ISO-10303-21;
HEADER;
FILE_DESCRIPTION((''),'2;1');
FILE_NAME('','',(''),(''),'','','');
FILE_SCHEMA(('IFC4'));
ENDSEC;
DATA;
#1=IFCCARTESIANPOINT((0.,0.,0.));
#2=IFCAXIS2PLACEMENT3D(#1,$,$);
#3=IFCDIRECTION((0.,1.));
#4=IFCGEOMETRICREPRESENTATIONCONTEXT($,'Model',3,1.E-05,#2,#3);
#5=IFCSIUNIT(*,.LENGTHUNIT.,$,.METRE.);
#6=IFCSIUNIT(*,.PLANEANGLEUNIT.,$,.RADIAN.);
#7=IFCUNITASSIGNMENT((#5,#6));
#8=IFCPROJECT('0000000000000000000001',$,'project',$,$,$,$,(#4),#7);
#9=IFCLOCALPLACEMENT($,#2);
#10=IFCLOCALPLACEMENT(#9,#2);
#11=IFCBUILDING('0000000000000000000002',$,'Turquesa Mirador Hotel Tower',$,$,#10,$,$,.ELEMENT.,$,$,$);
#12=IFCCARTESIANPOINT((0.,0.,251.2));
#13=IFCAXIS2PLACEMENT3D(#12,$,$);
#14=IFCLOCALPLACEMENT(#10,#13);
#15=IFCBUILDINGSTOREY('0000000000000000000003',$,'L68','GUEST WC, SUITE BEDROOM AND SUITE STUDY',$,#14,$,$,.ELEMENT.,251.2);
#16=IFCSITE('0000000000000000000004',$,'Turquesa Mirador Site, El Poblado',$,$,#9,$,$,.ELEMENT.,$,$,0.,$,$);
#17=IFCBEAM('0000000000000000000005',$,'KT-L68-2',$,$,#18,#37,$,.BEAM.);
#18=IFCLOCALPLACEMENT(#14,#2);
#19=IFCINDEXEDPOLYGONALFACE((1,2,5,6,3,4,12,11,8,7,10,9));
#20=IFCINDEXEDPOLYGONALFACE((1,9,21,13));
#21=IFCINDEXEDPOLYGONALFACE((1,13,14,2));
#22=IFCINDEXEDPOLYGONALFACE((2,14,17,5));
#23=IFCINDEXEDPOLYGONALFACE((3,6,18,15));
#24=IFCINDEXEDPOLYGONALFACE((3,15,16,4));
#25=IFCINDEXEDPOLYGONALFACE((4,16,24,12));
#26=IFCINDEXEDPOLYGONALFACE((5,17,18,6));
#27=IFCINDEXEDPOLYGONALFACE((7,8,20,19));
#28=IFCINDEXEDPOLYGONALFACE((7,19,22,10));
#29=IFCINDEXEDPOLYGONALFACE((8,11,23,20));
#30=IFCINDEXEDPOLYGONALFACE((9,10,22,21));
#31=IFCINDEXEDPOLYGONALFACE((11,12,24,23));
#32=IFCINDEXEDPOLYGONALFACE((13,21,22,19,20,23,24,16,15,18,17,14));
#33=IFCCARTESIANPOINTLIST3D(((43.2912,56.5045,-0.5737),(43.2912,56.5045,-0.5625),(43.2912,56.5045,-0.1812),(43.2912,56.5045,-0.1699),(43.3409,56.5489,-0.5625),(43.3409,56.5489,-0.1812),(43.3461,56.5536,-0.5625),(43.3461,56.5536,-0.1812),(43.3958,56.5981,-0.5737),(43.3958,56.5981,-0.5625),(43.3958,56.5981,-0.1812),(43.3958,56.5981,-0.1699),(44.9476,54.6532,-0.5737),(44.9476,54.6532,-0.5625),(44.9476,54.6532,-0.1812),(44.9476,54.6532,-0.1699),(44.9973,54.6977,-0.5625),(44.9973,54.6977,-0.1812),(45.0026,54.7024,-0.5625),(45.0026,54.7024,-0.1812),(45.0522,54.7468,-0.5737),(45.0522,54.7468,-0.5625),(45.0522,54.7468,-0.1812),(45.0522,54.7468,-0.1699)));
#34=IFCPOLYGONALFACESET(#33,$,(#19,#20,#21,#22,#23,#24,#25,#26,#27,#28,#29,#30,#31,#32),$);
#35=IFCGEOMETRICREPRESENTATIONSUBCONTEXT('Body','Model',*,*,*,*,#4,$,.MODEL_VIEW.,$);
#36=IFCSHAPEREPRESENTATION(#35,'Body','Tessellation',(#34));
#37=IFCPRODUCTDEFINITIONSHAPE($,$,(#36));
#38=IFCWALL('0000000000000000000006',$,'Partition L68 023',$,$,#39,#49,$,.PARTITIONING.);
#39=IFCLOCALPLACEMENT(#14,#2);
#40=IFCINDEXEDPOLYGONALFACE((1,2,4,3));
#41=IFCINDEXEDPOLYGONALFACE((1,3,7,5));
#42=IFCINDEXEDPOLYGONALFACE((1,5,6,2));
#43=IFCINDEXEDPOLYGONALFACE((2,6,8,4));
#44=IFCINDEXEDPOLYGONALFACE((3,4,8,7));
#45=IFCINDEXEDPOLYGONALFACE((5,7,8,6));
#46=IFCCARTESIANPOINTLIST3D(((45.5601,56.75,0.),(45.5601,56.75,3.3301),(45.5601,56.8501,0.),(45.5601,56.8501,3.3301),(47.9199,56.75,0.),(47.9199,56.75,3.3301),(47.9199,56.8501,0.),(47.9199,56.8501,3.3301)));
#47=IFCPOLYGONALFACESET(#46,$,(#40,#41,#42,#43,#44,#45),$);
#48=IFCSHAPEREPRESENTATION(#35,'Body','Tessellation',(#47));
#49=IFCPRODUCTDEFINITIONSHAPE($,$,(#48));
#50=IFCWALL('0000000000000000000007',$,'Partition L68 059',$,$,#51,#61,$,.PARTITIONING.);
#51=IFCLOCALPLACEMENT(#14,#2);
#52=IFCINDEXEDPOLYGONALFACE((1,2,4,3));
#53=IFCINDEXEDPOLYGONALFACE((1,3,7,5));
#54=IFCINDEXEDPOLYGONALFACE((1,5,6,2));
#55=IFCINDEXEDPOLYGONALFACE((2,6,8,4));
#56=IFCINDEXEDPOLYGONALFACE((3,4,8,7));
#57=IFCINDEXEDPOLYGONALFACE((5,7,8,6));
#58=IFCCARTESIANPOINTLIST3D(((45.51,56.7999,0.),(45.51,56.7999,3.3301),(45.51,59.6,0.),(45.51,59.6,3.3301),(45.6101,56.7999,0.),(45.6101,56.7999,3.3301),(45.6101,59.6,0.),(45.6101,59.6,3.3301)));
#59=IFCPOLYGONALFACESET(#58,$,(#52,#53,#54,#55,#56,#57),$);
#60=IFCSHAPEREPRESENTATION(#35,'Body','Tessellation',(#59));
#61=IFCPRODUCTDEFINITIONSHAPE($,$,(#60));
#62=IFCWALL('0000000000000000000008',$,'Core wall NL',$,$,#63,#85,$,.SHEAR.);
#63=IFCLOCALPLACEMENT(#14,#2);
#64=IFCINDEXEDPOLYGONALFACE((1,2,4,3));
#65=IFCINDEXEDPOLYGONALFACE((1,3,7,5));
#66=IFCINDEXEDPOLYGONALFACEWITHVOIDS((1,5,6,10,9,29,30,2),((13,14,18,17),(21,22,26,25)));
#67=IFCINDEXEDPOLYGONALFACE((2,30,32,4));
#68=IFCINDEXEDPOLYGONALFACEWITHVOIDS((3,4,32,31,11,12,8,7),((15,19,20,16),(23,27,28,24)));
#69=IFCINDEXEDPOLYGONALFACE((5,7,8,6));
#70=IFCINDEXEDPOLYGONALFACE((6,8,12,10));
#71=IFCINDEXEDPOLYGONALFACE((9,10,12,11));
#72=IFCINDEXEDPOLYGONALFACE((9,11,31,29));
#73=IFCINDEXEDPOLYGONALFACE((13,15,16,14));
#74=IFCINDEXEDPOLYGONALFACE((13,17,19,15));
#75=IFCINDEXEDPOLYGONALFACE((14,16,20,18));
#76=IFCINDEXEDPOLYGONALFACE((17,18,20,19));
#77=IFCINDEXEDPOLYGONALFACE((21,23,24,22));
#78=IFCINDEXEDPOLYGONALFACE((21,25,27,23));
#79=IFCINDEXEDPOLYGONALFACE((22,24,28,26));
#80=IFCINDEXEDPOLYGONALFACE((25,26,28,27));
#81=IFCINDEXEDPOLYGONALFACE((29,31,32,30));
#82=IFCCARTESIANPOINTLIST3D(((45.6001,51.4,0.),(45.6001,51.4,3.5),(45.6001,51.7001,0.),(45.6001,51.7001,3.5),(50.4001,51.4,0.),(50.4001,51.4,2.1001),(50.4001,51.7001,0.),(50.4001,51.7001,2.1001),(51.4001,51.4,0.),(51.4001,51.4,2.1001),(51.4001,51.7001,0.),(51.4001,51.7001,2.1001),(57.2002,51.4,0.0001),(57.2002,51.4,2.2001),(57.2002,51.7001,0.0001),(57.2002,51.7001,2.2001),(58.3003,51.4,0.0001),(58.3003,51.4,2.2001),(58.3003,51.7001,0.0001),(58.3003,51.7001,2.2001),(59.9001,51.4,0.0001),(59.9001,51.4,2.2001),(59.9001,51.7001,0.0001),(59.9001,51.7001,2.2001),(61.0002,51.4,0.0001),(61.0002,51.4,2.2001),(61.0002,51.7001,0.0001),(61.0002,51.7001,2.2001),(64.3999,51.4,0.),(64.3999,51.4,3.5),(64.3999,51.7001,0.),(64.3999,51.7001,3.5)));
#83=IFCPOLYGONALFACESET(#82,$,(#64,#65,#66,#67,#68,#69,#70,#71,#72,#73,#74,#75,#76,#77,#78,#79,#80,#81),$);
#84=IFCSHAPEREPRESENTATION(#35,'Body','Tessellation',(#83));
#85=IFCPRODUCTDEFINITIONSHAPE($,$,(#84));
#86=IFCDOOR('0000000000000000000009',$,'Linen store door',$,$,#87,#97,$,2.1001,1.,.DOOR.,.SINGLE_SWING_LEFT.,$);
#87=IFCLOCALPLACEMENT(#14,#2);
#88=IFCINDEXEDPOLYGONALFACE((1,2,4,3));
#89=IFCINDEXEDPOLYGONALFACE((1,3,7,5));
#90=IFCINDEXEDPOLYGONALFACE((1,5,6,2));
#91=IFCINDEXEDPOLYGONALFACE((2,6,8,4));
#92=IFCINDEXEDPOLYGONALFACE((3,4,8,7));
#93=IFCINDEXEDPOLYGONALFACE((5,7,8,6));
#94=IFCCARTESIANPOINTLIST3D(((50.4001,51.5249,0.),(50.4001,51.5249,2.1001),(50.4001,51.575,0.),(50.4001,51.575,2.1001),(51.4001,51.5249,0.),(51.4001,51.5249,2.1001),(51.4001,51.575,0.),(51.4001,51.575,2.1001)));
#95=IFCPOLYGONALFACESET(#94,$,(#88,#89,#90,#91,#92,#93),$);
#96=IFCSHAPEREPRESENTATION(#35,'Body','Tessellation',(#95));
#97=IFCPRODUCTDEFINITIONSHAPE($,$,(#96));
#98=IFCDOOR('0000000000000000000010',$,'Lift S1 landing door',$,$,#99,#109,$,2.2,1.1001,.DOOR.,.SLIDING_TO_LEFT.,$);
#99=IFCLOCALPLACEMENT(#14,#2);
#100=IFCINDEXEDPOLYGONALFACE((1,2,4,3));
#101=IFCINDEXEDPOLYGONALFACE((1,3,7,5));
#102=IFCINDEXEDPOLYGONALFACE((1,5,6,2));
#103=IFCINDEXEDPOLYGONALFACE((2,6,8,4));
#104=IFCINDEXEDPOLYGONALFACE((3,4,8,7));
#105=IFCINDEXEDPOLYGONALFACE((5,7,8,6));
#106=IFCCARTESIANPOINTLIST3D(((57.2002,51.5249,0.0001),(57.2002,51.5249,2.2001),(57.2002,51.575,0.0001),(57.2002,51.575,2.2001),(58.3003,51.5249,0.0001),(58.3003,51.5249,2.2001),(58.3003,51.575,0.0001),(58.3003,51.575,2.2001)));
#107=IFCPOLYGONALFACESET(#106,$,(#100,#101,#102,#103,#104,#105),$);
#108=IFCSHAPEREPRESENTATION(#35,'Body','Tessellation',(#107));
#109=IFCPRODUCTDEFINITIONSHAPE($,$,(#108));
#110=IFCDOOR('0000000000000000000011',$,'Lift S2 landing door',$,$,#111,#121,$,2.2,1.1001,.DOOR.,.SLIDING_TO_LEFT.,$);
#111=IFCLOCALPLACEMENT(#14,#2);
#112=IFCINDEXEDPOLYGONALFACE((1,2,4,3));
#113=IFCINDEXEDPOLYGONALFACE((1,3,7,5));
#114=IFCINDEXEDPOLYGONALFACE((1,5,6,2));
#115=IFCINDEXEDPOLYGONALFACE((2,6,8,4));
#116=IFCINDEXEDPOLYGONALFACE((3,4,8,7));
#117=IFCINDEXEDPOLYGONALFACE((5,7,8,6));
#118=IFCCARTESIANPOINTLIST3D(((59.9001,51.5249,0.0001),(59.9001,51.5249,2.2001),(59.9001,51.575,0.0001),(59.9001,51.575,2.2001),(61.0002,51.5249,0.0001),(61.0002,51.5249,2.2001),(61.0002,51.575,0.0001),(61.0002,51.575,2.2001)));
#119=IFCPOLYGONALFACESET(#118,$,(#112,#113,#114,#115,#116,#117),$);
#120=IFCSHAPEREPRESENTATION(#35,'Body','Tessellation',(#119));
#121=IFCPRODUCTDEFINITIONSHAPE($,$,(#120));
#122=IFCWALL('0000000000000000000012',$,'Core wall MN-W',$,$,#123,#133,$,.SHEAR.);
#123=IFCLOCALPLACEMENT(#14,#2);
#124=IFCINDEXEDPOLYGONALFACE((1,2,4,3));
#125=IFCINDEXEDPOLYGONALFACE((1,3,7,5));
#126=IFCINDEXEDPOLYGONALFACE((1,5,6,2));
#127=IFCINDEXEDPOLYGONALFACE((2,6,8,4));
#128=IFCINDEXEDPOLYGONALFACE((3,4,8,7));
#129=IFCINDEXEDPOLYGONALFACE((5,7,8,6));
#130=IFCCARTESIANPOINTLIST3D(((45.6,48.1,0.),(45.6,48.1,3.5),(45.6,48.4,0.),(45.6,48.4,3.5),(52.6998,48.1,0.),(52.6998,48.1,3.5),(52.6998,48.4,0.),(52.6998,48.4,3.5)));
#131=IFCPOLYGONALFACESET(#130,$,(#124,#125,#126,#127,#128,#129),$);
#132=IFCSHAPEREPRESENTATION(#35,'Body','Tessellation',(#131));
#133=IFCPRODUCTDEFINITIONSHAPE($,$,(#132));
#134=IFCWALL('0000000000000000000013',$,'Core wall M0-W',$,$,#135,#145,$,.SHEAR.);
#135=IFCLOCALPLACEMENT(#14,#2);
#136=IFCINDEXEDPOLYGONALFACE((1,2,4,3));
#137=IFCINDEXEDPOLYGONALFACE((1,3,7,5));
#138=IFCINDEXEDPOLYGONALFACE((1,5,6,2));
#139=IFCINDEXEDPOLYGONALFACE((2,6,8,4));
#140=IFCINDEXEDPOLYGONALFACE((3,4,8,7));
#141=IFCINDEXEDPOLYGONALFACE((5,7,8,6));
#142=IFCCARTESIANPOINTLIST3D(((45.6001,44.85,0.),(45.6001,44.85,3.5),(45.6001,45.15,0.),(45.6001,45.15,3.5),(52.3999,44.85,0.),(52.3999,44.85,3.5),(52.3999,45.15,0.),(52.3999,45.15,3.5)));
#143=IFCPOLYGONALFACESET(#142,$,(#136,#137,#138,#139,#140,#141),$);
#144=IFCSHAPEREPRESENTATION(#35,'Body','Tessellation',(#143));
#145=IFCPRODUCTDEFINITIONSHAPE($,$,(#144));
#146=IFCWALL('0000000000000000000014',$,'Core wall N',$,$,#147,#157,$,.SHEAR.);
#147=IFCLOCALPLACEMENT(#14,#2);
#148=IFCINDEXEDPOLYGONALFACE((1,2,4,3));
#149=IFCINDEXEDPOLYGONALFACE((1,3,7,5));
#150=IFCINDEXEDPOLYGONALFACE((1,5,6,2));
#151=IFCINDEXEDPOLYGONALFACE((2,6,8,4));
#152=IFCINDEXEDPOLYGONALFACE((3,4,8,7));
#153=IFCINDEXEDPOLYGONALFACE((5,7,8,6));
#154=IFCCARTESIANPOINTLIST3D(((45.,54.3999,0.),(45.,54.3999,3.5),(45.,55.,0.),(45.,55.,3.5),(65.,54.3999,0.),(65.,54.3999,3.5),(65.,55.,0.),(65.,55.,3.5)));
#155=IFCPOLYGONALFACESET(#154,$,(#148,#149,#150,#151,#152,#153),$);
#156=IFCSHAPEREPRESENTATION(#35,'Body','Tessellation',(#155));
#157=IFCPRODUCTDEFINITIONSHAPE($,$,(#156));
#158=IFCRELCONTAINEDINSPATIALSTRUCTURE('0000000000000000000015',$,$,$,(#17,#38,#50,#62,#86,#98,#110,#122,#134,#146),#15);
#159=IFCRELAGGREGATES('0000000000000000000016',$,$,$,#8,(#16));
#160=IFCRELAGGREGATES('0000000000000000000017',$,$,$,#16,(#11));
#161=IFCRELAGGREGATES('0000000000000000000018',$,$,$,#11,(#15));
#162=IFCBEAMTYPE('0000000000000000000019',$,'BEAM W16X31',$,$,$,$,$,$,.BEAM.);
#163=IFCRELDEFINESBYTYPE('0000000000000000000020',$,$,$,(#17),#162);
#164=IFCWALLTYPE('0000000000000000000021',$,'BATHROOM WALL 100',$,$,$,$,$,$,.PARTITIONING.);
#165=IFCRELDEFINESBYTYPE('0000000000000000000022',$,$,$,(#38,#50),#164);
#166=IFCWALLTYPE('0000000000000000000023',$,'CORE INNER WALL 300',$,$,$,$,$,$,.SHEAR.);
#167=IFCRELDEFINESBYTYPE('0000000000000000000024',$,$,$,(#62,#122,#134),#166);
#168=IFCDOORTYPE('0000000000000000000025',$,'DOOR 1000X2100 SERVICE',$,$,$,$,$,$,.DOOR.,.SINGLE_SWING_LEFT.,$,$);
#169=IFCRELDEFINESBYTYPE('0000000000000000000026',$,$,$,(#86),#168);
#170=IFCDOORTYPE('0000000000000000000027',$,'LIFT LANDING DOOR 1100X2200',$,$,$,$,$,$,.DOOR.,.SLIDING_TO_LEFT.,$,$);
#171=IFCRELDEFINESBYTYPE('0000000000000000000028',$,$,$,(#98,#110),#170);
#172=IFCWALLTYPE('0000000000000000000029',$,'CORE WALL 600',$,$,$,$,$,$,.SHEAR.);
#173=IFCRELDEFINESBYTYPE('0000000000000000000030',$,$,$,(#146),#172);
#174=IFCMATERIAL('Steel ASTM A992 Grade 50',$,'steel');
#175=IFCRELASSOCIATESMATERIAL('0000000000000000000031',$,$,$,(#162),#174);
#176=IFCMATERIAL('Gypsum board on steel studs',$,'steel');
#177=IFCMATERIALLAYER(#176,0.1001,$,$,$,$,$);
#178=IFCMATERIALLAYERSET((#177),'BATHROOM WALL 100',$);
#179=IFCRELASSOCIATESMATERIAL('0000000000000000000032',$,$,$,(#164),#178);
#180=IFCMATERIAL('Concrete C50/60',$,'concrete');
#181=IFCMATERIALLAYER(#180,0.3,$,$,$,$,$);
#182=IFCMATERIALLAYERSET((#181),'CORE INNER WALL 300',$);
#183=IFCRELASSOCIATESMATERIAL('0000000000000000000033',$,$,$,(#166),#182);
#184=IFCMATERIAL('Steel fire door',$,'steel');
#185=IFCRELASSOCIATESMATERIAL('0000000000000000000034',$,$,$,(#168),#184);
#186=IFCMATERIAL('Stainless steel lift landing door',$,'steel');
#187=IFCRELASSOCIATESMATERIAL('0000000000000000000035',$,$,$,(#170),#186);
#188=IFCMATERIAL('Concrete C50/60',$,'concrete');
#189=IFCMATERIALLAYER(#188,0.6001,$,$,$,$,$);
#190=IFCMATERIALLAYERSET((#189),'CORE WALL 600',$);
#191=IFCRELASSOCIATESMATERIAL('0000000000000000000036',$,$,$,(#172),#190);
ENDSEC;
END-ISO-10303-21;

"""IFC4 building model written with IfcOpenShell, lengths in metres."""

from ifc_helpers import new_model, si_unit, direction, frame, frame_2d, origin, origin_2d, place, context, subcontext, project, spatial, rectangle, i_section, extrude, material, layer, layer_set, material_profile, profile_set, type_object, element, fill, save


model = new_model("IFC4")

# Units and contexts
model_context = context("Model", 3, precision=1e-05, world=origin(), true_north=direction((0.0, 1.0)))
body_context = subcontext(model_context, "Body", "Model", "MODEL_VIEW")
ifc_project = project(units=[si_unit("LENGTHUNIT", "METRE"), si_unit("PLANEANGLEUNIT", "RADIAN")], contexts=[model_context])

# Site, building, storey
site_placement = place(None, origin())
site = spatial("IfcSite", under=ifc_project, at=site_placement, Name="Turquesa Mirador Site, El Poblado", CompositionType="ELEMENT", RefElevation=0.0)
building_placement = place(site_placement, origin())
building = spatial("IfcBuilding", under=site, at=building_placement, Name="Turquesa Mirador Hotel Tower", CompositionType="ELEMENT")
storey_placement = place(building_placement, frame((0.0, 0.0, 251.2)))
storey = spatial("IfcBuildingStorey", under=building, at=storey_placement, Name="L68", Description="GUEST WC, SUITE BEDROOM AND SUITE STUDY", CompositionType="ELEMENT", Elevation=251.2)

# Beam
ifc_material_1 = material(Name="Steel ASTM A992 Grade 50", Category="steel")
ifc_material_profile = material_profile(ifc_material_1, i_section(OverallWidth=0.1404, OverallDepth=0.4038, WebThickness=0.0071, FlangeThickness=0.0112, at=origin_2d()), Name="W16X31")
ifc_profile_set = profile_set([ifc_material_profile], Name="Steel ASTM A992 Grade 50")
beam_type = type_object("IfcBeamType", Name="BEAM W16X31", PredefinedType="BEAM", material=ifc_profile_set)
beam_placement = place(storey_placement, frame((43.3435, 56.5513, -0.3718), z_axis=(0.666806, -0.745231, 0.0), x_axis=(0.745231, 0.666806, 0.0)))
element("IfcBeam", 1, at=beam_placement, inside=storey, type_object=beam_type, Name="KT-L68-2", PredefinedType="BEAM", context=body_context, shape_type="SweptSolid", body=[
    extrude(i_section(OverallWidth=0.1404, OverallDepth=0.4038, WebThickness=0.0071, FlangeThickness=0.0112, at=origin_2d()), origin(), (0.0, 0.0, 1.0), 2.4841),
])

# Walls
ifc_material_2 = material(Name="Gypsum board on steel studs", Category="steel")
ifc_layer_1 = layer(ifc_material_2, 0.1001)
ifc_layer_set_1 = layer_set([ifc_layer_1], Name="BATHROOM WALL 100")
wall_type_1 = type_object("IfcWallType", Name="BATHROOM WALL 100", PredefinedType="PARTITIONING", material=ifc_layer_set_1)
wall_1_placement = place(storey_placement, frame((45.5601, 56.8, 0.0), z_axis=(0.0, 0.0, 1.0), x_axis=(1.0, 0.0, 0.0)))
element("IfcWall", 2, at=wall_1_placement, inside=storey, type_object=wall_type_1, Name="Partition L68 023", PredefinedType="PARTITIONING", context=body_context, shape_type="SweptSolid", body=[
    extrude(rectangle(XDim=2.3599, YDim=0.1001, at=frame_2d((1.1799, 0.0))), origin(), (0.0, 0.0, 1.0), 3.3301),
])
wall_2_placement = place(storey_placement, frame((45.5601, 56.8, 0.0), z_axis=(0.0, 0.0, 1.0), x_axis=(0.0, 1.0, 0.0)))
element("IfcWall", 3, at=wall_2_placement, inside=storey, type_object=wall_type_1, Name="Partition L68 059", PredefinedType="PARTITIONING", context=body_context, shape_type="SweptSolid", body=[
    extrude(rectangle(XDim=2.8, YDim=0.1001, at=frame_2d((1.3999, 0.0))), origin(), (0.0, 0.0, 1.0), 3.3301),
])

# Wall, openings, doors
ifc_material_3 = material(Name="Concrete C50/60", Category="concrete")
ifc_layer_2 = layer(ifc_material_3, 0.3)
ifc_layer_set_2 = layer_set([ifc_layer_2], Name="CORE INNER WALL 300")
wall_type_2 = type_object("IfcWallType", Name="CORE INNER WALL 300", PredefinedType="SHEAR", material=ifc_layer_set_2)
wall_3_placement = place(storey_placement, frame((45.6001, 51.55, 0.0), z_axis=(0.0, 0.0, 1.0), x_axis=(1.0, 0.0, 0.0)))
wall_3 = element("IfcWall", 4, at=wall_3_placement, inside=storey, type_object=wall_type_2, Name="Core wall NL", PredefinedType="SHEAR", context=body_context, shape_type="SweptSolid", body=[
    extrude(rectangle(XDim=18.7998, YDim=0.3, at=frame_2d((9.3999, 0.0))), origin(), (0.0, 0.0, 1.0), 3.5),
])
opening_1_placement = place(wall_3_placement, frame((4.8, 0.0, 0.0)))
opening_1 = element("IfcOpeningElement", 5, at=opening_1_placement, cuts=wall_3, PredefinedType="OPENING", context=body_context, shape_type="SweptSolid", body=[
    extrude(rectangle(XDim=1.0, YDim=2.1001, at=frame_2d((0.5, 1.05))), frame((0.0, 0.1599, 0.0), z_axis=(0.0, -1.0, 0.0), x_axis=(1.0, 0.0, 0.0)), (0.0, 0.0, 1.0), 0.3201),
])
opening_2_placement = place(wall_3_placement, frame((11.6001, 0.0, 0.0)))
opening_2 = element("IfcOpeningElement", 6, at=opening_2_placement, cuts=wall_3, PredefinedType="OPENING", context=body_context, shape_type="SweptSolid", body=[
    extrude(rectangle(XDim=1.1001, YDim=2.2, at=frame_2d((0.55, 1.1001))), frame((0.0, 0.1599, 0.0), z_axis=(0.0, -1.0, 0.0), x_axis=(1.0, 0.0, 0.0)), (0.0, 0.0, 1.0), 0.3201),
])
opening_3_placement = place(wall_3_placement, frame((14.3, 0.0, 0.0)))
opening_3 = element("IfcOpeningElement", 7, at=opening_3_placement, cuts=wall_3, PredefinedType="OPENING", context=body_context, shape_type="SweptSolid", body=[
    extrude(rectangle(XDim=1.1001, YDim=2.2, at=frame_2d((0.55, 1.1001))), frame((0.0, 0.1599, 0.0), z_axis=(0.0, -1.0, 0.0), x_axis=(1.0, 0.0, 0.0)), (0.0, 0.0, 1.0), 0.3201),
])
ifc_material_4 = material(Name="Steel fire door", Category="steel")
door_type_1 = type_object("IfcDoorType", Name="DOOR 1000X2100 SERVICE", OperationType="SINGLE_SWING_LEFT", PredefinedType="DOOR", material=ifc_material_4)
door_1_placement = place(opening_1_placement, origin())
door_1 = element("IfcDoor", 8, at=door_1_placement, inside=storey, type_object=door_type_1, Name="Linen store door", OperationType="SINGLE_SWING_LEFT", OverallHeight=2.1001, OverallWidth=1.0, PredefinedType="DOOR", context=body_context, shape_type="SweptSolid", body=[
    extrude(rectangle(XDim=1.0, YDim=2.1001, at=frame_2d((0.5, 1.05))), frame((0.0, 0.0249, 0.0), z_axis=(0.0, -1.0, 0.0), x_axis=(1.0, 0.0, 0.0)), (0.0, 0.0, 1.0), 0.05),
])
fill(opening_1, door_1)
ifc_material_5 = material(Name="Stainless steel lift landing door", Category="steel")
door_type_2 = type_object("IfcDoorType", Name="LIFT LANDING DOOR 1100X2200", OperationType="SLIDING_TO_LEFT", PredefinedType="DOOR", material=ifc_material_5)
door_2_placement = place(opening_2_placement, origin())
door_2 = element("IfcDoor", 9, at=door_2_placement, inside=storey, type_object=door_type_2, Name="Lift S1 landing door", OperationType="SLIDING_TO_LEFT", OverallHeight=2.2, OverallWidth=1.1001, PredefinedType="DOOR", context=body_context, shape_type="SweptSolid", body=[
    extrude(rectangle(XDim=1.1001, YDim=2.2, at=frame_2d((0.55, 1.1001))), frame((0.0, 0.0249, 0.0), z_axis=(0.0, -1.0, 0.0), x_axis=(1.0, 0.0, 0.0)), (0.0, 0.0, 1.0), 0.05),
])
fill(opening_2, door_2)
door_3_placement = place(opening_3_placement, origin())
door_3 = element("IfcDoor", 10, at=door_3_placement, inside=storey, type_object=door_type_2, Name="Lift S2 landing door", OperationType="SLIDING_TO_LEFT", OverallHeight=2.2, OverallWidth=1.1001, PredefinedType="DOOR", context=body_context, shape_type="SweptSolid", body=[
    extrude(rectangle(XDim=1.1001, YDim=2.2, at=frame_2d((0.55, 1.1001))), frame((0.0, 0.0249, 0.0), z_axis=(0.0, -1.0, 0.0), x_axis=(1.0, 0.0, 0.0)), (0.0, 0.0, 1.0), 0.05),
])
fill(opening_3, door_3)

# Walls
wall_4_placement = place(storey_placement, frame((45.6001, 48.25, 0.0), z_axis=(0.0, 0.0, 1.0), x_axis=(1.0, 0.0, 0.0)))
element("IfcWall", 11, at=wall_4_placement, inside=storey, type_object=wall_type_2, Name="Core wall MN-W", PredefinedType="SHEAR", context=body_context, shape_type="SweptSolid", body=[
    extrude(rectangle(XDim=7.0999, YDim=0.3, at=frame_2d((3.5498, 0.0))), origin(), (0.0, 0.0, 1.0), 3.5),
])
wall_5_placement = place(storey_placement, frame((45.6001, 45.0, 0.0), z_axis=(0.0, 0.0, 1.0), x_axis=(1.0, 0.0, 0.0)))
element("IfcWall", 12, at=wall_5_placement, inside=storey, type_object=wall_type_2, Name="Core wall M0-W", PredefinedType="SHEAR", context=body_context, shape_type="SweptSolid", body=[
    extrude(rectangle(XDim=6.7998, YDim=0.3, at=frame_2d((3.3999, 0.0))), origin(), (0.0, 0.0, 1.0), 3.5),
])
ifc_material_6 = material(Name="Concrete C50/60", Category="concrete")
ifc_layer_3 = layer(ifc_material_6, 0.6001)
ifc_layer_set_3 = layer_set([ifc_layer_3], Name="CORE WALL 600")
wall_type_3 = type_object("IfcWallType", Name="CORE WALL 600", PredefinedType="SHEAR", material=ifc_layer_set_3)
wall_6_placement = place(storey_placement, frame((45.0, 54.7, 0.0), z_axis=(0.0, 0.0, 1.0), x_axis=(1.0, 0.0, 0.0)))
element("IfcWall", 13, at=wall_6_placement, inside=storey, type_object=wall_type_3, Name="Core wall N", PredefinedType="SHEAR", context=body_context, shape_type="SweptSolid", body=[
    extrude(rectangle(XDim=20.0, YDim=0.6001, at=frame_2d((10.0, 0.0))), origin(), (0.0, 0.0, 1.0), 3.5),
])

save(model, "model.ifc")
